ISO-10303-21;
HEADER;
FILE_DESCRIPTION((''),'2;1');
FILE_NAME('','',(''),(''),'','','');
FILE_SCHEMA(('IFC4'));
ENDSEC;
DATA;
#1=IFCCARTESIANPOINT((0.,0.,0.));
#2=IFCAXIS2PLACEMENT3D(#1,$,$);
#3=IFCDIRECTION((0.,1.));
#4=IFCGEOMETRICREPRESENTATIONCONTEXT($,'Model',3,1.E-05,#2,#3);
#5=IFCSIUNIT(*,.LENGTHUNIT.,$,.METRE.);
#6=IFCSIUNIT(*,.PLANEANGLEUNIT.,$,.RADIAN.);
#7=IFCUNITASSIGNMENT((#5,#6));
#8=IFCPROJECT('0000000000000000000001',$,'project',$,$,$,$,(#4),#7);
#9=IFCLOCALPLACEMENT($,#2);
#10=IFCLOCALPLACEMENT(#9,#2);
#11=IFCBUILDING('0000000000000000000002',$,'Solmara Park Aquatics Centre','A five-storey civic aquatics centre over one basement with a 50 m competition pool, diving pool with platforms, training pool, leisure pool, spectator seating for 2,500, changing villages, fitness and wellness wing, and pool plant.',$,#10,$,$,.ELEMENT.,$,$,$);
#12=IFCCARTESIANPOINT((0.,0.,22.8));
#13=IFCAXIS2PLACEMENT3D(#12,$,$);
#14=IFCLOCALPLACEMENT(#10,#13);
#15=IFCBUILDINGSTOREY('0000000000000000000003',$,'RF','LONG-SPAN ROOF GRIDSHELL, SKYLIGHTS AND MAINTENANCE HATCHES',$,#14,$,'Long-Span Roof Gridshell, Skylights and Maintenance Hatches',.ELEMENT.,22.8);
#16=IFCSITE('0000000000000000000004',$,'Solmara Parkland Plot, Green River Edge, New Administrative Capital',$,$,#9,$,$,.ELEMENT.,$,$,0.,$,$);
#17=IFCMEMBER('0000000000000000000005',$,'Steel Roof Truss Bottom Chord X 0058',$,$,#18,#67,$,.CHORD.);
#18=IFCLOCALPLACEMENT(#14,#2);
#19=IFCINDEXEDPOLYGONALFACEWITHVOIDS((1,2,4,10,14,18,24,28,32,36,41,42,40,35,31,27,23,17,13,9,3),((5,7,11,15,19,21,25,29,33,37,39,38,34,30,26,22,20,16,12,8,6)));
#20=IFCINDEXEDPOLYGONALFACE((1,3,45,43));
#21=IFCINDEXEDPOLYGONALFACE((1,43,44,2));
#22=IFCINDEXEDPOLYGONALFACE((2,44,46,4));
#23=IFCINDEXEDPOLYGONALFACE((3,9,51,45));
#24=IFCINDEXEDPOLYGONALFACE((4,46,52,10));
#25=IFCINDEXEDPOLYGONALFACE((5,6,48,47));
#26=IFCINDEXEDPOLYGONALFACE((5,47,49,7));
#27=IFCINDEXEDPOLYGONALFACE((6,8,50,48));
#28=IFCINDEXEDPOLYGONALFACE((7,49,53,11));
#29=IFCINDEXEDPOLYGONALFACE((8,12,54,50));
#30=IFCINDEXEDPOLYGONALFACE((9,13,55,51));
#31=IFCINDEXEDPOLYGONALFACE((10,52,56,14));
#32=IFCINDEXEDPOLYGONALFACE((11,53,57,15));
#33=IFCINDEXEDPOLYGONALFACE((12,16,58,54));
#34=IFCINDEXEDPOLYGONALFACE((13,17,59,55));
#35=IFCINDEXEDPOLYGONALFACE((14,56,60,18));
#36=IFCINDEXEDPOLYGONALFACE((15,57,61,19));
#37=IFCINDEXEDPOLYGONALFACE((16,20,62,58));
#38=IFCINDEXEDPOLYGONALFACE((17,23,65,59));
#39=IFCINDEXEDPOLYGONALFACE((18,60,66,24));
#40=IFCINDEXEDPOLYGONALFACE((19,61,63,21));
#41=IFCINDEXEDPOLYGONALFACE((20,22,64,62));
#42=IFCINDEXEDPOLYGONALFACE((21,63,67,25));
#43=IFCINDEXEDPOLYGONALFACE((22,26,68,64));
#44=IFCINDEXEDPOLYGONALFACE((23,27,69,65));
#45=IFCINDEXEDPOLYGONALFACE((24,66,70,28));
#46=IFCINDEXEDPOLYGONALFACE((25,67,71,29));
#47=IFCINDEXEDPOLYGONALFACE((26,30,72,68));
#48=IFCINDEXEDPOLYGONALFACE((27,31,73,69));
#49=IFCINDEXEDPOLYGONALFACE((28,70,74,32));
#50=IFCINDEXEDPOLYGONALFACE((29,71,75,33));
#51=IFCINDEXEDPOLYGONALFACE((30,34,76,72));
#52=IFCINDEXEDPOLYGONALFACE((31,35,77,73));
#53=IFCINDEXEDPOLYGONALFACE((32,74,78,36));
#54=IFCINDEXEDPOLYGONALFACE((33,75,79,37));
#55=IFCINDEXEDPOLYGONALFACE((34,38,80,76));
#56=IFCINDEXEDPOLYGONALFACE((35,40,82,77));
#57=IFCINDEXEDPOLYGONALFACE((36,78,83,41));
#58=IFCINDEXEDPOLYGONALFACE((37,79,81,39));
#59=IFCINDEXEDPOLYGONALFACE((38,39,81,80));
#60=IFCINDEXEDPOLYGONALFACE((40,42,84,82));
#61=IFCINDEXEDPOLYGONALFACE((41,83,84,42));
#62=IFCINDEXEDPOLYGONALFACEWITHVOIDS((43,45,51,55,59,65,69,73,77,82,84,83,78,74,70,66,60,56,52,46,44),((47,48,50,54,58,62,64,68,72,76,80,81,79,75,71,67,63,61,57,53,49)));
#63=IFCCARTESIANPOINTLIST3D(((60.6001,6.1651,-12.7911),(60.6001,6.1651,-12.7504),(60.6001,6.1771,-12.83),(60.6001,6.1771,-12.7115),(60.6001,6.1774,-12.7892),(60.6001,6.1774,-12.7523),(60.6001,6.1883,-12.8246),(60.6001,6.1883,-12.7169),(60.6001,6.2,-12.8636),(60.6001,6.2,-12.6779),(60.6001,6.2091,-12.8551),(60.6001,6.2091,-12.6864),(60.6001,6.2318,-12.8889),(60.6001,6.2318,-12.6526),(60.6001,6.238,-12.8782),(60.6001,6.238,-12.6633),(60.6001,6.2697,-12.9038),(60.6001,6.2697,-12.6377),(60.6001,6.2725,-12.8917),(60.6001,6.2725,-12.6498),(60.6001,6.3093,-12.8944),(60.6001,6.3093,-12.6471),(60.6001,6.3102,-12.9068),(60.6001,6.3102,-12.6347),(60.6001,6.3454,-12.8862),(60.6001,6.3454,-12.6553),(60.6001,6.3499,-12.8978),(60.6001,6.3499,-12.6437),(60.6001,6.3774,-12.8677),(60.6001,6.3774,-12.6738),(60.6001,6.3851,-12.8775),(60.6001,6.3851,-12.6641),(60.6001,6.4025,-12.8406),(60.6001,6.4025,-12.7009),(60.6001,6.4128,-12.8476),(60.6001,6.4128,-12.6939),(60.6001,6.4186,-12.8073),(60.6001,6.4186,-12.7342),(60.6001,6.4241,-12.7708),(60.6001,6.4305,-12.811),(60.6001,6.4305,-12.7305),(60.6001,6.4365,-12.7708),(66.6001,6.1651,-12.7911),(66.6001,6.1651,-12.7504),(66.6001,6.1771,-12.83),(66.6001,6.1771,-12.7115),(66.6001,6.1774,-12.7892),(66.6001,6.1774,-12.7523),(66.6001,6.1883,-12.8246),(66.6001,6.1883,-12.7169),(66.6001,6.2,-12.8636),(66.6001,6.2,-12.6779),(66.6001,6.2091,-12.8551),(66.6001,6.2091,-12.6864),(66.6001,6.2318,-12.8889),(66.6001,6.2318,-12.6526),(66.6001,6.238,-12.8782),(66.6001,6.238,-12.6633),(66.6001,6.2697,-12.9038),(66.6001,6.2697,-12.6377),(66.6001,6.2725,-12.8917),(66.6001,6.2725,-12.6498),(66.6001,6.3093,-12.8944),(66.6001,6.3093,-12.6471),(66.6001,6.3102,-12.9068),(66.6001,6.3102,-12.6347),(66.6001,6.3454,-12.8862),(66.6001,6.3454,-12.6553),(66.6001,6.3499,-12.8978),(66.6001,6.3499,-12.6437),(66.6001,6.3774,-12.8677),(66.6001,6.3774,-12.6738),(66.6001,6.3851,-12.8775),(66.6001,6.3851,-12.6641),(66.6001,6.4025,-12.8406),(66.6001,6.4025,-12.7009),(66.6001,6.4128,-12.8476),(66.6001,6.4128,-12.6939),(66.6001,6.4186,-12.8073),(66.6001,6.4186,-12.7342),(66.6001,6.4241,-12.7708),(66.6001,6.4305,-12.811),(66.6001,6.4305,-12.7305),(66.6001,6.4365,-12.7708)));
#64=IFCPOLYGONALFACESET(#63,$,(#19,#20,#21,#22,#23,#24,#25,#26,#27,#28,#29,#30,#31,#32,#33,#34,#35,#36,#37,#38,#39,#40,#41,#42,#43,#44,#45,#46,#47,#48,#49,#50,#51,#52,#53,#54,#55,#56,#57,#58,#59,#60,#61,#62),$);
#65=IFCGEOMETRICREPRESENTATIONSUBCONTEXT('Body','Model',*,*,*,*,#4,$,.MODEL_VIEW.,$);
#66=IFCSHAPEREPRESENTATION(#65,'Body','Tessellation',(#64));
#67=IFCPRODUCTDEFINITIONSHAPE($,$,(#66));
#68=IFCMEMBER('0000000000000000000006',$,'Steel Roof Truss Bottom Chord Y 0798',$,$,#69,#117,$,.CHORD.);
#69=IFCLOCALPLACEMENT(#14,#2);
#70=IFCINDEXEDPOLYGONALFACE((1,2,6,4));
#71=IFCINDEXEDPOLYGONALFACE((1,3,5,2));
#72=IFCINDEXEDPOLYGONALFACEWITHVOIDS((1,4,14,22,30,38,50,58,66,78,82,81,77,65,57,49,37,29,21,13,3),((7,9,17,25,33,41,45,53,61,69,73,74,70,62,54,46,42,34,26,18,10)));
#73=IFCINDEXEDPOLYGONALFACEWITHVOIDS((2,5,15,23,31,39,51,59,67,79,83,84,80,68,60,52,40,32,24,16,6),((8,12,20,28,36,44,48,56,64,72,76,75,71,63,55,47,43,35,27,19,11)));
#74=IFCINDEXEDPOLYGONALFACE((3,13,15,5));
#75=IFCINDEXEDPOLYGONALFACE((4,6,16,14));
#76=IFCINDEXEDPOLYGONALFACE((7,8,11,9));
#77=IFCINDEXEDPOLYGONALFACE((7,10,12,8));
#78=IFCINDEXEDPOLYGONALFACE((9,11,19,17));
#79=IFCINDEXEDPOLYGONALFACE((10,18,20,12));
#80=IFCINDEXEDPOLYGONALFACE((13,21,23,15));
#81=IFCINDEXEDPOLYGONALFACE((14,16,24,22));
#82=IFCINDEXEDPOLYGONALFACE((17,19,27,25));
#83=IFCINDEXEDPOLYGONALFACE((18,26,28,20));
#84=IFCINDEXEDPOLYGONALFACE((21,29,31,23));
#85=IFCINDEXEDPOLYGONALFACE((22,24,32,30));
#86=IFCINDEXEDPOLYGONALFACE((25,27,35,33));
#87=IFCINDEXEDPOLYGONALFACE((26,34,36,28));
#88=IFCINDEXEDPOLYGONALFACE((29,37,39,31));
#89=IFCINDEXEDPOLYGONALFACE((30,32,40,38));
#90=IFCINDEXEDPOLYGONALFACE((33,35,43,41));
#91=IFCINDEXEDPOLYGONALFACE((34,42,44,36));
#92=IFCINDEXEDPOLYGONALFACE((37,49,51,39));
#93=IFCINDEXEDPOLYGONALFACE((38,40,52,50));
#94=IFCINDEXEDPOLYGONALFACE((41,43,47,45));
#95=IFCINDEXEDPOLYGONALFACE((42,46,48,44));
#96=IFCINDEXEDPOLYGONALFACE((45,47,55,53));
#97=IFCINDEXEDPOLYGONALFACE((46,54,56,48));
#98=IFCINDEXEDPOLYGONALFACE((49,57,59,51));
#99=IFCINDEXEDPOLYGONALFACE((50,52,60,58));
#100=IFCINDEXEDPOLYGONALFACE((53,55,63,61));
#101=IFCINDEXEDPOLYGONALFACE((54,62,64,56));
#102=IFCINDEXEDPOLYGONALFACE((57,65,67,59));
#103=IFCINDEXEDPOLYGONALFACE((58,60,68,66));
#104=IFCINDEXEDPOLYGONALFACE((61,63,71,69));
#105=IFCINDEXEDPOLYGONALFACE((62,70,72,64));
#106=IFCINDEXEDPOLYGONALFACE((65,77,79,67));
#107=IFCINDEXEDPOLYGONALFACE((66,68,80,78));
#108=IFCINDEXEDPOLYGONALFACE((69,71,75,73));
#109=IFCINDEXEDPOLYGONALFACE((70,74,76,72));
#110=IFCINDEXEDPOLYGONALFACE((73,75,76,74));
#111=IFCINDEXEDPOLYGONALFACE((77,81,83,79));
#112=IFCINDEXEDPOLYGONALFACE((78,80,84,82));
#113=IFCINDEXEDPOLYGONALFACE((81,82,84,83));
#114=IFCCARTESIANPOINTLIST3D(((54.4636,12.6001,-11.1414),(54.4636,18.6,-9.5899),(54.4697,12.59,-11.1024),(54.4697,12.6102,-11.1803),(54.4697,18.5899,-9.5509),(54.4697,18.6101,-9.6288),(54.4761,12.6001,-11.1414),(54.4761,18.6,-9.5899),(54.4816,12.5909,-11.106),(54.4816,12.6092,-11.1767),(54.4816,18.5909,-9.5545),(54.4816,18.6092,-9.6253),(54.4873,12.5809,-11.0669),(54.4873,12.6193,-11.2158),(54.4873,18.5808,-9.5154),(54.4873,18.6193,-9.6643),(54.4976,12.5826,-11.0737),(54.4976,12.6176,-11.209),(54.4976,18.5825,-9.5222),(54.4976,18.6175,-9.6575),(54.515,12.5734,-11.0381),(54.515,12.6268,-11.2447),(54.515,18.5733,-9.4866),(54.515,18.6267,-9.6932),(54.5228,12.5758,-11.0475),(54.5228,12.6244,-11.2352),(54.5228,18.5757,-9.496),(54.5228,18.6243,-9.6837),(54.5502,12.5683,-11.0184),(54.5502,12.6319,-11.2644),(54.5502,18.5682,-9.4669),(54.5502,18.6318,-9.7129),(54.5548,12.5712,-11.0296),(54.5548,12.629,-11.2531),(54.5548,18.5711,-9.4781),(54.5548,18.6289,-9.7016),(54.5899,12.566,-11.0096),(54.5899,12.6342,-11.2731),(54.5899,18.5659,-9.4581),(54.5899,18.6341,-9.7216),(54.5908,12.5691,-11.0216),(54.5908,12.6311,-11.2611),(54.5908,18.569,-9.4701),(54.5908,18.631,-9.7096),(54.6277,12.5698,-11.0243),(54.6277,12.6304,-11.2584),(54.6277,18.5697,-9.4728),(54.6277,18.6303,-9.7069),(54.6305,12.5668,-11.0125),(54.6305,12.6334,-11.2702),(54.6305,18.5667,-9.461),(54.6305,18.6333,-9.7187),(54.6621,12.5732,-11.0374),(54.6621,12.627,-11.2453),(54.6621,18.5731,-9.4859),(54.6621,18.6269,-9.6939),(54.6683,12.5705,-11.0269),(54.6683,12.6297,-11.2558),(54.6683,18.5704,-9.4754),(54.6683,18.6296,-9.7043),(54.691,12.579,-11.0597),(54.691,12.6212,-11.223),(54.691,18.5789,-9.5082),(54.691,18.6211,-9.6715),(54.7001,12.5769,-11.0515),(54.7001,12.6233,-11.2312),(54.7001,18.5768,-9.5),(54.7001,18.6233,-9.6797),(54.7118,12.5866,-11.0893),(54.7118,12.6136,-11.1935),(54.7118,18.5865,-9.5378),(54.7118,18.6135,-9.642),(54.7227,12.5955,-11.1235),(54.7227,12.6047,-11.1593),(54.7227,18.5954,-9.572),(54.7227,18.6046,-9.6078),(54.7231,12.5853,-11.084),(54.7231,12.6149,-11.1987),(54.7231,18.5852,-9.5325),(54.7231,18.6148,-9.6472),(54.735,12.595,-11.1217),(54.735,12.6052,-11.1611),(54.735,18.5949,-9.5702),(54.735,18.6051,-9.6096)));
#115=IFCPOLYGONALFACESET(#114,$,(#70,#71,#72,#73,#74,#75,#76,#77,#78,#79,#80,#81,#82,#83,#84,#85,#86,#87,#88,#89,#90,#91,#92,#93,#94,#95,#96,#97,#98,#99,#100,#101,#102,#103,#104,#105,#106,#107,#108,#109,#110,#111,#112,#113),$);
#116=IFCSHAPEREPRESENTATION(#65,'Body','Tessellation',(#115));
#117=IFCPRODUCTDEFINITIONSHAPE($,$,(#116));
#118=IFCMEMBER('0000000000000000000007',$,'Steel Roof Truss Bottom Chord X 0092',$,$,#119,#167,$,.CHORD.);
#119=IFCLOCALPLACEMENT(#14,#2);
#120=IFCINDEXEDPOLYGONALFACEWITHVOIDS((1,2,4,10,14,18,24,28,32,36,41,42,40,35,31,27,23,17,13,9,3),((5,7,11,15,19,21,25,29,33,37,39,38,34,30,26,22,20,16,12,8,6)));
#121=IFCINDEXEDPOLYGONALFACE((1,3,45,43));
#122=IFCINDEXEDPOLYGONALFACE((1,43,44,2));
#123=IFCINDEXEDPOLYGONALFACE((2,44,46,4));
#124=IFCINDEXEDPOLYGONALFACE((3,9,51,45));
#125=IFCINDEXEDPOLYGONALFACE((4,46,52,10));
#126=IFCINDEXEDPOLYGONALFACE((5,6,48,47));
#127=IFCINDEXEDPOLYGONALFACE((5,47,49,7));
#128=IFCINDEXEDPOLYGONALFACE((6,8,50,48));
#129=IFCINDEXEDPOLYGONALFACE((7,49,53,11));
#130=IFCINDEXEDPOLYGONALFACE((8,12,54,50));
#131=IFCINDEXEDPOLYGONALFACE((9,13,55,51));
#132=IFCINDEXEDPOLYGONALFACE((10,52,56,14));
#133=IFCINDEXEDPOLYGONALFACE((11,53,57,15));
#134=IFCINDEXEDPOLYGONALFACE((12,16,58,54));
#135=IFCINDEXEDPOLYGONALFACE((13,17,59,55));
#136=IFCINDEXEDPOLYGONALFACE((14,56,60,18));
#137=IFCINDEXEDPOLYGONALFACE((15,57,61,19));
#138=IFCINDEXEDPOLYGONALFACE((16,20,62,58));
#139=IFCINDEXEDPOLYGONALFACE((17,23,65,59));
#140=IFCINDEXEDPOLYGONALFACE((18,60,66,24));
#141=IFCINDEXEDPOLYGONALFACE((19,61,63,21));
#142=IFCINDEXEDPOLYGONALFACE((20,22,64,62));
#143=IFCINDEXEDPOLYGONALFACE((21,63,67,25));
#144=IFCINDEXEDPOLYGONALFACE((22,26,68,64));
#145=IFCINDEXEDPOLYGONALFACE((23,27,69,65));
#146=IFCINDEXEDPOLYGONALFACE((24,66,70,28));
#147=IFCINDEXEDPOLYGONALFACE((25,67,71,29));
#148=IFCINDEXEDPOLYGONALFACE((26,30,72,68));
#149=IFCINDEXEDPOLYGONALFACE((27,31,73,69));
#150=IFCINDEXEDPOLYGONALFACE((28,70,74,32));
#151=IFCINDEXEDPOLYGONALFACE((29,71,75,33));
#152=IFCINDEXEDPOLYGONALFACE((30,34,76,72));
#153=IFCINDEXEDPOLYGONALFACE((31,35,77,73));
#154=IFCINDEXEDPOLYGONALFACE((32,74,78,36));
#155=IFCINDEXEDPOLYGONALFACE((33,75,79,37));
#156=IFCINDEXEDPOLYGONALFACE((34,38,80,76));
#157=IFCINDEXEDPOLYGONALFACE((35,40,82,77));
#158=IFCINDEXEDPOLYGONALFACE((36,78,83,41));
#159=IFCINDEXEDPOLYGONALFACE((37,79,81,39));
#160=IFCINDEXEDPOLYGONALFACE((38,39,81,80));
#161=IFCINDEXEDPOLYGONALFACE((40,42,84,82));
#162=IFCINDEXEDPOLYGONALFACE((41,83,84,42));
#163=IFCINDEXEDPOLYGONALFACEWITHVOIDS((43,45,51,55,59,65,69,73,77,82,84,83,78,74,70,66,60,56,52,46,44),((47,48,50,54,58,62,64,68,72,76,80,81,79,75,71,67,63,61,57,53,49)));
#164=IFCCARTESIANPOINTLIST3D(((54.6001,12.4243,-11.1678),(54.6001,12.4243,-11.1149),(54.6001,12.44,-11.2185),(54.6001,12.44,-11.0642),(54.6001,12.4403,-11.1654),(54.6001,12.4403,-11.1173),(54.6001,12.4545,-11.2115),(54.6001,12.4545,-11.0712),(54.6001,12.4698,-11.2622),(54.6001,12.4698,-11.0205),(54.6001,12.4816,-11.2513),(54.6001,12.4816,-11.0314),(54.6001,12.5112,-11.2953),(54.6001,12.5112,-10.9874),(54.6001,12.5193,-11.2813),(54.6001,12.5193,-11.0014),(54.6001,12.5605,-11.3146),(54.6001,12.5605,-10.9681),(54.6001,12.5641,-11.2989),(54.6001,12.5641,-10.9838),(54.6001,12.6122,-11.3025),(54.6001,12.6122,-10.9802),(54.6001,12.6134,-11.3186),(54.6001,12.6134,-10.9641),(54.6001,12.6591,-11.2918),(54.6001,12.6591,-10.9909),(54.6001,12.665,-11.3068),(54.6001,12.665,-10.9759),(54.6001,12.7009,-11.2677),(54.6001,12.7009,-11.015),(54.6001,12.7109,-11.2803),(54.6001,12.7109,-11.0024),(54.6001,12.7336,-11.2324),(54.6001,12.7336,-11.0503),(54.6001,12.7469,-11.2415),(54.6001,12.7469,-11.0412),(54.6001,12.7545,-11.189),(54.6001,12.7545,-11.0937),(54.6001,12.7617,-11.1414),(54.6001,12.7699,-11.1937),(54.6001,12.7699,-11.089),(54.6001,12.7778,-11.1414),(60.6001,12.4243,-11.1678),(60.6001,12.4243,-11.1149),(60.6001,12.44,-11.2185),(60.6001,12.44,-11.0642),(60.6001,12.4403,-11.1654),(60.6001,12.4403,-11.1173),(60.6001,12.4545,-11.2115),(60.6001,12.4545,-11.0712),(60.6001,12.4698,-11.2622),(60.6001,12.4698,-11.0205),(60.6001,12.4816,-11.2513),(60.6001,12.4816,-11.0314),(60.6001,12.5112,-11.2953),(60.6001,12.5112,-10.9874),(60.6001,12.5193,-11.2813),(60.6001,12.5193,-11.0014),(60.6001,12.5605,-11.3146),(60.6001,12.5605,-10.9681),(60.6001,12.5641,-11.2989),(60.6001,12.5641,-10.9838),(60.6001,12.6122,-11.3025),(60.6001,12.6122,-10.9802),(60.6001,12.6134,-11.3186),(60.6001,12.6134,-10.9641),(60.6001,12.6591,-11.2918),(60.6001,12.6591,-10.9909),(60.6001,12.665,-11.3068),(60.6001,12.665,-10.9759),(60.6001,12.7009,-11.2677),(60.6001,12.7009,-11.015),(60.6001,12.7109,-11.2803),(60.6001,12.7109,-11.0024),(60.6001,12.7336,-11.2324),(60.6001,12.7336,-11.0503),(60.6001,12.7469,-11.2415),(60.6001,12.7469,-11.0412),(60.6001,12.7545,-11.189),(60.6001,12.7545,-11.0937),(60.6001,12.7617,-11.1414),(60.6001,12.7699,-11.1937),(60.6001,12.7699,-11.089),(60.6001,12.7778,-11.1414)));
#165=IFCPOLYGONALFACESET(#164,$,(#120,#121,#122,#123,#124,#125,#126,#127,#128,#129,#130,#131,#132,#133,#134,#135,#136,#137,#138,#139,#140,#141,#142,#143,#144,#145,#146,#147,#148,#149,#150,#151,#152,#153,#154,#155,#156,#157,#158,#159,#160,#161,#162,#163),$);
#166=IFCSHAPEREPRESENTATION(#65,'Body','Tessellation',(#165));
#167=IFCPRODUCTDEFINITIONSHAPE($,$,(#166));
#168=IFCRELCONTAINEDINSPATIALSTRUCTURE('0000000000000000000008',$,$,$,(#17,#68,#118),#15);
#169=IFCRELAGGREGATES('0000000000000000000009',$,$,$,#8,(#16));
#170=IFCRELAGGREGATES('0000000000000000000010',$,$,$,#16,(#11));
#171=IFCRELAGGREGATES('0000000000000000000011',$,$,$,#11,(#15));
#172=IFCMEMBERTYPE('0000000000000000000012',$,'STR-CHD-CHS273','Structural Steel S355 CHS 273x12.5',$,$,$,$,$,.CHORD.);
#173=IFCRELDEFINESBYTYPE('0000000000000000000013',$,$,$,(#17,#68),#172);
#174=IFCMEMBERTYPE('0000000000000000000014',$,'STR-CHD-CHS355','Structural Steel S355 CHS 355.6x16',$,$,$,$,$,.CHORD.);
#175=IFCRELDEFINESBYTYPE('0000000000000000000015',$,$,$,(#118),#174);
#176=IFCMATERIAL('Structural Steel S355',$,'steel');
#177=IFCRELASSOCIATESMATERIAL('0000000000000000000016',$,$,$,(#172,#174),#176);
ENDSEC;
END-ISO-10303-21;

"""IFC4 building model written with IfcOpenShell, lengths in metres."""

from ifc_helpers import new_model, si_unit, direction, frame, origin, origin_2d, place, context, subcontext, project, spatial, hollow_circle, extrude, material, material_profile, profile_set, type_object, element, save


model = new_model("IFC4")

# Units and contexts
model_context = context("Model", 3, precision=1e-05, world=origin(), true_north=direction((0.0, 1.0)))
body_context = subcontext(model_context, "Body", "Model", "MODEL_VIEW")
ifc_project = project(units=[si_unit("LENGTHUNIT", "METRE"), si_unit("PLANEANGLEUNIT", "RADIAN")], contexts=[model_context])

# Site, building, storey
site_placement = place(None, origin())
site = spatial("IfcSite", under=ifc_project, at=site_placement, Name="Solmara Parkland Plot, Green River Edge, New Administrative Capital", CompositionType="ELEMENT", RefElevation=0.0)
building_placement = place(site_placement, origin())
building = spatial("IfcBuilding", under=site, at=building_placement, Name="Solmara Park Aquatics Centre", Description="A five-storey civic aquatics centre over one basement with a 50 m competition pool, diving pool with platforms, training pool, leisure pool, spectator seating for 2,500, changing villages, fitness and wellness wing, and pool plant.", CompositionType="ELEMENT")
storey_placement = place(building_placement, frame((0.0, 0.0, 22.8)))
storey = spatial("IfcBuildingStorey", under=building, at=storey_placement, Name="RF", Description="LONG-SPAN ROOF GRIDSHELL, SKYLIGHTS AND MAINTENANCE HATCHES", LongName="Long-Span Roof Gridshell, Skylights and Maintenance Hatches", CompositionType="ELEMENT", Elevation=22.8)

# Members
ifc_material_1 = material(Name="Structural Steel S355", Category="steel")
ifc_material_profile_1 = material_profile(ifc_material_1, hollow_circle(Radius=0.1365, WallThickness=0.0125, at=origin_2d()), Name="CHS 273x12.5")
ifc_profile_set_1 = profile_set([ifc_material_profile_1], Name="Structural Steel S355")
member_type_1 = type_object("IfcMemberType", Name="STR-CHD-CHS273", Description="Structural Steel S355 CHS 273x12.5", PredefinedType="CHORD", material=ifc_profile_set_1)
member_1_placement = place(storey_placement, frame((60.6001, 6.3, -12.7708), z_axis=(1.0, 0.0, 0.0), x_axis=(0.0, 1.0, 0.0)))
element("IfcMember", 1, at=member_1_placement, inside=storey, type_object=member_type_1, Name="Steel Roof Truss Bottom Chord X 0058", PredefinedType="CHORD", context=body_context, shape_type="SweptSolid", body=[
    extrude(hollow_circle(Radius=0.1365, WallThickness=0.0125, at=origin_2d()), origin(), (0.0, 0.0, 1.0), 6.0),
])
member_2_placement = place(storey_placement, frame((54.6001, 12.6001, -11.1414), z_axis=(0.0, 0.968155, 0.250351), x_axis=(-1.0, 0.0, 0.0)))
element("IfcMember", 2, at=member_2_placement, inside=storey, type_object=member_type_1, Name="Steel Roof Truss Bottom Chord Y 0798", PredefinedType="CHORD", context=body_context, shape_type="SweptSolid", body=[
    extrude(hollow_circle(Radius=0.1365, WallThickness=0.0125, at=origin_2d()), origin(), (0.0, 0.0, 1.0), 6.1973),
])
ifc_material_profile_2 = material_profile(ifc_material_1, hollow_circle(Radius=0.1777, WallThickness=0.0161, at=origin_2d()), Name="CHS 355.6x16")
ifc_profile_set_2 = profile_set([ifc_material_profile_2], Name="Structural Steel S355")
member_type_2 = type_object("IfcMemberType", Name="STR-CHD-CHS355", Description="Structural Steel S355 CHS 355.6x16", PredefinedType="CHORD", material=ifc_profile_set_2)
for number, where, z_axis, x_axis, name in (
    (3, (54.6001, 12.6001, -11.1414), (1.0, 0.0, 0.0), (0.0, 1.0, 0.0), "Steel Roof Truss Bottom Chord X 0092"),
):
    element("IfcMember", number, at=place(storey_placement, frame(where, z_axis=z_axis, x_axis=x_axis)), inside=storey, type_object=member_type_2, Name=name, PredefinedType="CHORD", context=body_context, shape_type="SweptSolid", body=[
        extrude(hollow_circle(Radius=0.1777, WallThickness=0.0161, at=origin_2d()), origin(), (0.0, 0.0, 1.0), 6.0),
    ])

save(model, "model.ifc")
